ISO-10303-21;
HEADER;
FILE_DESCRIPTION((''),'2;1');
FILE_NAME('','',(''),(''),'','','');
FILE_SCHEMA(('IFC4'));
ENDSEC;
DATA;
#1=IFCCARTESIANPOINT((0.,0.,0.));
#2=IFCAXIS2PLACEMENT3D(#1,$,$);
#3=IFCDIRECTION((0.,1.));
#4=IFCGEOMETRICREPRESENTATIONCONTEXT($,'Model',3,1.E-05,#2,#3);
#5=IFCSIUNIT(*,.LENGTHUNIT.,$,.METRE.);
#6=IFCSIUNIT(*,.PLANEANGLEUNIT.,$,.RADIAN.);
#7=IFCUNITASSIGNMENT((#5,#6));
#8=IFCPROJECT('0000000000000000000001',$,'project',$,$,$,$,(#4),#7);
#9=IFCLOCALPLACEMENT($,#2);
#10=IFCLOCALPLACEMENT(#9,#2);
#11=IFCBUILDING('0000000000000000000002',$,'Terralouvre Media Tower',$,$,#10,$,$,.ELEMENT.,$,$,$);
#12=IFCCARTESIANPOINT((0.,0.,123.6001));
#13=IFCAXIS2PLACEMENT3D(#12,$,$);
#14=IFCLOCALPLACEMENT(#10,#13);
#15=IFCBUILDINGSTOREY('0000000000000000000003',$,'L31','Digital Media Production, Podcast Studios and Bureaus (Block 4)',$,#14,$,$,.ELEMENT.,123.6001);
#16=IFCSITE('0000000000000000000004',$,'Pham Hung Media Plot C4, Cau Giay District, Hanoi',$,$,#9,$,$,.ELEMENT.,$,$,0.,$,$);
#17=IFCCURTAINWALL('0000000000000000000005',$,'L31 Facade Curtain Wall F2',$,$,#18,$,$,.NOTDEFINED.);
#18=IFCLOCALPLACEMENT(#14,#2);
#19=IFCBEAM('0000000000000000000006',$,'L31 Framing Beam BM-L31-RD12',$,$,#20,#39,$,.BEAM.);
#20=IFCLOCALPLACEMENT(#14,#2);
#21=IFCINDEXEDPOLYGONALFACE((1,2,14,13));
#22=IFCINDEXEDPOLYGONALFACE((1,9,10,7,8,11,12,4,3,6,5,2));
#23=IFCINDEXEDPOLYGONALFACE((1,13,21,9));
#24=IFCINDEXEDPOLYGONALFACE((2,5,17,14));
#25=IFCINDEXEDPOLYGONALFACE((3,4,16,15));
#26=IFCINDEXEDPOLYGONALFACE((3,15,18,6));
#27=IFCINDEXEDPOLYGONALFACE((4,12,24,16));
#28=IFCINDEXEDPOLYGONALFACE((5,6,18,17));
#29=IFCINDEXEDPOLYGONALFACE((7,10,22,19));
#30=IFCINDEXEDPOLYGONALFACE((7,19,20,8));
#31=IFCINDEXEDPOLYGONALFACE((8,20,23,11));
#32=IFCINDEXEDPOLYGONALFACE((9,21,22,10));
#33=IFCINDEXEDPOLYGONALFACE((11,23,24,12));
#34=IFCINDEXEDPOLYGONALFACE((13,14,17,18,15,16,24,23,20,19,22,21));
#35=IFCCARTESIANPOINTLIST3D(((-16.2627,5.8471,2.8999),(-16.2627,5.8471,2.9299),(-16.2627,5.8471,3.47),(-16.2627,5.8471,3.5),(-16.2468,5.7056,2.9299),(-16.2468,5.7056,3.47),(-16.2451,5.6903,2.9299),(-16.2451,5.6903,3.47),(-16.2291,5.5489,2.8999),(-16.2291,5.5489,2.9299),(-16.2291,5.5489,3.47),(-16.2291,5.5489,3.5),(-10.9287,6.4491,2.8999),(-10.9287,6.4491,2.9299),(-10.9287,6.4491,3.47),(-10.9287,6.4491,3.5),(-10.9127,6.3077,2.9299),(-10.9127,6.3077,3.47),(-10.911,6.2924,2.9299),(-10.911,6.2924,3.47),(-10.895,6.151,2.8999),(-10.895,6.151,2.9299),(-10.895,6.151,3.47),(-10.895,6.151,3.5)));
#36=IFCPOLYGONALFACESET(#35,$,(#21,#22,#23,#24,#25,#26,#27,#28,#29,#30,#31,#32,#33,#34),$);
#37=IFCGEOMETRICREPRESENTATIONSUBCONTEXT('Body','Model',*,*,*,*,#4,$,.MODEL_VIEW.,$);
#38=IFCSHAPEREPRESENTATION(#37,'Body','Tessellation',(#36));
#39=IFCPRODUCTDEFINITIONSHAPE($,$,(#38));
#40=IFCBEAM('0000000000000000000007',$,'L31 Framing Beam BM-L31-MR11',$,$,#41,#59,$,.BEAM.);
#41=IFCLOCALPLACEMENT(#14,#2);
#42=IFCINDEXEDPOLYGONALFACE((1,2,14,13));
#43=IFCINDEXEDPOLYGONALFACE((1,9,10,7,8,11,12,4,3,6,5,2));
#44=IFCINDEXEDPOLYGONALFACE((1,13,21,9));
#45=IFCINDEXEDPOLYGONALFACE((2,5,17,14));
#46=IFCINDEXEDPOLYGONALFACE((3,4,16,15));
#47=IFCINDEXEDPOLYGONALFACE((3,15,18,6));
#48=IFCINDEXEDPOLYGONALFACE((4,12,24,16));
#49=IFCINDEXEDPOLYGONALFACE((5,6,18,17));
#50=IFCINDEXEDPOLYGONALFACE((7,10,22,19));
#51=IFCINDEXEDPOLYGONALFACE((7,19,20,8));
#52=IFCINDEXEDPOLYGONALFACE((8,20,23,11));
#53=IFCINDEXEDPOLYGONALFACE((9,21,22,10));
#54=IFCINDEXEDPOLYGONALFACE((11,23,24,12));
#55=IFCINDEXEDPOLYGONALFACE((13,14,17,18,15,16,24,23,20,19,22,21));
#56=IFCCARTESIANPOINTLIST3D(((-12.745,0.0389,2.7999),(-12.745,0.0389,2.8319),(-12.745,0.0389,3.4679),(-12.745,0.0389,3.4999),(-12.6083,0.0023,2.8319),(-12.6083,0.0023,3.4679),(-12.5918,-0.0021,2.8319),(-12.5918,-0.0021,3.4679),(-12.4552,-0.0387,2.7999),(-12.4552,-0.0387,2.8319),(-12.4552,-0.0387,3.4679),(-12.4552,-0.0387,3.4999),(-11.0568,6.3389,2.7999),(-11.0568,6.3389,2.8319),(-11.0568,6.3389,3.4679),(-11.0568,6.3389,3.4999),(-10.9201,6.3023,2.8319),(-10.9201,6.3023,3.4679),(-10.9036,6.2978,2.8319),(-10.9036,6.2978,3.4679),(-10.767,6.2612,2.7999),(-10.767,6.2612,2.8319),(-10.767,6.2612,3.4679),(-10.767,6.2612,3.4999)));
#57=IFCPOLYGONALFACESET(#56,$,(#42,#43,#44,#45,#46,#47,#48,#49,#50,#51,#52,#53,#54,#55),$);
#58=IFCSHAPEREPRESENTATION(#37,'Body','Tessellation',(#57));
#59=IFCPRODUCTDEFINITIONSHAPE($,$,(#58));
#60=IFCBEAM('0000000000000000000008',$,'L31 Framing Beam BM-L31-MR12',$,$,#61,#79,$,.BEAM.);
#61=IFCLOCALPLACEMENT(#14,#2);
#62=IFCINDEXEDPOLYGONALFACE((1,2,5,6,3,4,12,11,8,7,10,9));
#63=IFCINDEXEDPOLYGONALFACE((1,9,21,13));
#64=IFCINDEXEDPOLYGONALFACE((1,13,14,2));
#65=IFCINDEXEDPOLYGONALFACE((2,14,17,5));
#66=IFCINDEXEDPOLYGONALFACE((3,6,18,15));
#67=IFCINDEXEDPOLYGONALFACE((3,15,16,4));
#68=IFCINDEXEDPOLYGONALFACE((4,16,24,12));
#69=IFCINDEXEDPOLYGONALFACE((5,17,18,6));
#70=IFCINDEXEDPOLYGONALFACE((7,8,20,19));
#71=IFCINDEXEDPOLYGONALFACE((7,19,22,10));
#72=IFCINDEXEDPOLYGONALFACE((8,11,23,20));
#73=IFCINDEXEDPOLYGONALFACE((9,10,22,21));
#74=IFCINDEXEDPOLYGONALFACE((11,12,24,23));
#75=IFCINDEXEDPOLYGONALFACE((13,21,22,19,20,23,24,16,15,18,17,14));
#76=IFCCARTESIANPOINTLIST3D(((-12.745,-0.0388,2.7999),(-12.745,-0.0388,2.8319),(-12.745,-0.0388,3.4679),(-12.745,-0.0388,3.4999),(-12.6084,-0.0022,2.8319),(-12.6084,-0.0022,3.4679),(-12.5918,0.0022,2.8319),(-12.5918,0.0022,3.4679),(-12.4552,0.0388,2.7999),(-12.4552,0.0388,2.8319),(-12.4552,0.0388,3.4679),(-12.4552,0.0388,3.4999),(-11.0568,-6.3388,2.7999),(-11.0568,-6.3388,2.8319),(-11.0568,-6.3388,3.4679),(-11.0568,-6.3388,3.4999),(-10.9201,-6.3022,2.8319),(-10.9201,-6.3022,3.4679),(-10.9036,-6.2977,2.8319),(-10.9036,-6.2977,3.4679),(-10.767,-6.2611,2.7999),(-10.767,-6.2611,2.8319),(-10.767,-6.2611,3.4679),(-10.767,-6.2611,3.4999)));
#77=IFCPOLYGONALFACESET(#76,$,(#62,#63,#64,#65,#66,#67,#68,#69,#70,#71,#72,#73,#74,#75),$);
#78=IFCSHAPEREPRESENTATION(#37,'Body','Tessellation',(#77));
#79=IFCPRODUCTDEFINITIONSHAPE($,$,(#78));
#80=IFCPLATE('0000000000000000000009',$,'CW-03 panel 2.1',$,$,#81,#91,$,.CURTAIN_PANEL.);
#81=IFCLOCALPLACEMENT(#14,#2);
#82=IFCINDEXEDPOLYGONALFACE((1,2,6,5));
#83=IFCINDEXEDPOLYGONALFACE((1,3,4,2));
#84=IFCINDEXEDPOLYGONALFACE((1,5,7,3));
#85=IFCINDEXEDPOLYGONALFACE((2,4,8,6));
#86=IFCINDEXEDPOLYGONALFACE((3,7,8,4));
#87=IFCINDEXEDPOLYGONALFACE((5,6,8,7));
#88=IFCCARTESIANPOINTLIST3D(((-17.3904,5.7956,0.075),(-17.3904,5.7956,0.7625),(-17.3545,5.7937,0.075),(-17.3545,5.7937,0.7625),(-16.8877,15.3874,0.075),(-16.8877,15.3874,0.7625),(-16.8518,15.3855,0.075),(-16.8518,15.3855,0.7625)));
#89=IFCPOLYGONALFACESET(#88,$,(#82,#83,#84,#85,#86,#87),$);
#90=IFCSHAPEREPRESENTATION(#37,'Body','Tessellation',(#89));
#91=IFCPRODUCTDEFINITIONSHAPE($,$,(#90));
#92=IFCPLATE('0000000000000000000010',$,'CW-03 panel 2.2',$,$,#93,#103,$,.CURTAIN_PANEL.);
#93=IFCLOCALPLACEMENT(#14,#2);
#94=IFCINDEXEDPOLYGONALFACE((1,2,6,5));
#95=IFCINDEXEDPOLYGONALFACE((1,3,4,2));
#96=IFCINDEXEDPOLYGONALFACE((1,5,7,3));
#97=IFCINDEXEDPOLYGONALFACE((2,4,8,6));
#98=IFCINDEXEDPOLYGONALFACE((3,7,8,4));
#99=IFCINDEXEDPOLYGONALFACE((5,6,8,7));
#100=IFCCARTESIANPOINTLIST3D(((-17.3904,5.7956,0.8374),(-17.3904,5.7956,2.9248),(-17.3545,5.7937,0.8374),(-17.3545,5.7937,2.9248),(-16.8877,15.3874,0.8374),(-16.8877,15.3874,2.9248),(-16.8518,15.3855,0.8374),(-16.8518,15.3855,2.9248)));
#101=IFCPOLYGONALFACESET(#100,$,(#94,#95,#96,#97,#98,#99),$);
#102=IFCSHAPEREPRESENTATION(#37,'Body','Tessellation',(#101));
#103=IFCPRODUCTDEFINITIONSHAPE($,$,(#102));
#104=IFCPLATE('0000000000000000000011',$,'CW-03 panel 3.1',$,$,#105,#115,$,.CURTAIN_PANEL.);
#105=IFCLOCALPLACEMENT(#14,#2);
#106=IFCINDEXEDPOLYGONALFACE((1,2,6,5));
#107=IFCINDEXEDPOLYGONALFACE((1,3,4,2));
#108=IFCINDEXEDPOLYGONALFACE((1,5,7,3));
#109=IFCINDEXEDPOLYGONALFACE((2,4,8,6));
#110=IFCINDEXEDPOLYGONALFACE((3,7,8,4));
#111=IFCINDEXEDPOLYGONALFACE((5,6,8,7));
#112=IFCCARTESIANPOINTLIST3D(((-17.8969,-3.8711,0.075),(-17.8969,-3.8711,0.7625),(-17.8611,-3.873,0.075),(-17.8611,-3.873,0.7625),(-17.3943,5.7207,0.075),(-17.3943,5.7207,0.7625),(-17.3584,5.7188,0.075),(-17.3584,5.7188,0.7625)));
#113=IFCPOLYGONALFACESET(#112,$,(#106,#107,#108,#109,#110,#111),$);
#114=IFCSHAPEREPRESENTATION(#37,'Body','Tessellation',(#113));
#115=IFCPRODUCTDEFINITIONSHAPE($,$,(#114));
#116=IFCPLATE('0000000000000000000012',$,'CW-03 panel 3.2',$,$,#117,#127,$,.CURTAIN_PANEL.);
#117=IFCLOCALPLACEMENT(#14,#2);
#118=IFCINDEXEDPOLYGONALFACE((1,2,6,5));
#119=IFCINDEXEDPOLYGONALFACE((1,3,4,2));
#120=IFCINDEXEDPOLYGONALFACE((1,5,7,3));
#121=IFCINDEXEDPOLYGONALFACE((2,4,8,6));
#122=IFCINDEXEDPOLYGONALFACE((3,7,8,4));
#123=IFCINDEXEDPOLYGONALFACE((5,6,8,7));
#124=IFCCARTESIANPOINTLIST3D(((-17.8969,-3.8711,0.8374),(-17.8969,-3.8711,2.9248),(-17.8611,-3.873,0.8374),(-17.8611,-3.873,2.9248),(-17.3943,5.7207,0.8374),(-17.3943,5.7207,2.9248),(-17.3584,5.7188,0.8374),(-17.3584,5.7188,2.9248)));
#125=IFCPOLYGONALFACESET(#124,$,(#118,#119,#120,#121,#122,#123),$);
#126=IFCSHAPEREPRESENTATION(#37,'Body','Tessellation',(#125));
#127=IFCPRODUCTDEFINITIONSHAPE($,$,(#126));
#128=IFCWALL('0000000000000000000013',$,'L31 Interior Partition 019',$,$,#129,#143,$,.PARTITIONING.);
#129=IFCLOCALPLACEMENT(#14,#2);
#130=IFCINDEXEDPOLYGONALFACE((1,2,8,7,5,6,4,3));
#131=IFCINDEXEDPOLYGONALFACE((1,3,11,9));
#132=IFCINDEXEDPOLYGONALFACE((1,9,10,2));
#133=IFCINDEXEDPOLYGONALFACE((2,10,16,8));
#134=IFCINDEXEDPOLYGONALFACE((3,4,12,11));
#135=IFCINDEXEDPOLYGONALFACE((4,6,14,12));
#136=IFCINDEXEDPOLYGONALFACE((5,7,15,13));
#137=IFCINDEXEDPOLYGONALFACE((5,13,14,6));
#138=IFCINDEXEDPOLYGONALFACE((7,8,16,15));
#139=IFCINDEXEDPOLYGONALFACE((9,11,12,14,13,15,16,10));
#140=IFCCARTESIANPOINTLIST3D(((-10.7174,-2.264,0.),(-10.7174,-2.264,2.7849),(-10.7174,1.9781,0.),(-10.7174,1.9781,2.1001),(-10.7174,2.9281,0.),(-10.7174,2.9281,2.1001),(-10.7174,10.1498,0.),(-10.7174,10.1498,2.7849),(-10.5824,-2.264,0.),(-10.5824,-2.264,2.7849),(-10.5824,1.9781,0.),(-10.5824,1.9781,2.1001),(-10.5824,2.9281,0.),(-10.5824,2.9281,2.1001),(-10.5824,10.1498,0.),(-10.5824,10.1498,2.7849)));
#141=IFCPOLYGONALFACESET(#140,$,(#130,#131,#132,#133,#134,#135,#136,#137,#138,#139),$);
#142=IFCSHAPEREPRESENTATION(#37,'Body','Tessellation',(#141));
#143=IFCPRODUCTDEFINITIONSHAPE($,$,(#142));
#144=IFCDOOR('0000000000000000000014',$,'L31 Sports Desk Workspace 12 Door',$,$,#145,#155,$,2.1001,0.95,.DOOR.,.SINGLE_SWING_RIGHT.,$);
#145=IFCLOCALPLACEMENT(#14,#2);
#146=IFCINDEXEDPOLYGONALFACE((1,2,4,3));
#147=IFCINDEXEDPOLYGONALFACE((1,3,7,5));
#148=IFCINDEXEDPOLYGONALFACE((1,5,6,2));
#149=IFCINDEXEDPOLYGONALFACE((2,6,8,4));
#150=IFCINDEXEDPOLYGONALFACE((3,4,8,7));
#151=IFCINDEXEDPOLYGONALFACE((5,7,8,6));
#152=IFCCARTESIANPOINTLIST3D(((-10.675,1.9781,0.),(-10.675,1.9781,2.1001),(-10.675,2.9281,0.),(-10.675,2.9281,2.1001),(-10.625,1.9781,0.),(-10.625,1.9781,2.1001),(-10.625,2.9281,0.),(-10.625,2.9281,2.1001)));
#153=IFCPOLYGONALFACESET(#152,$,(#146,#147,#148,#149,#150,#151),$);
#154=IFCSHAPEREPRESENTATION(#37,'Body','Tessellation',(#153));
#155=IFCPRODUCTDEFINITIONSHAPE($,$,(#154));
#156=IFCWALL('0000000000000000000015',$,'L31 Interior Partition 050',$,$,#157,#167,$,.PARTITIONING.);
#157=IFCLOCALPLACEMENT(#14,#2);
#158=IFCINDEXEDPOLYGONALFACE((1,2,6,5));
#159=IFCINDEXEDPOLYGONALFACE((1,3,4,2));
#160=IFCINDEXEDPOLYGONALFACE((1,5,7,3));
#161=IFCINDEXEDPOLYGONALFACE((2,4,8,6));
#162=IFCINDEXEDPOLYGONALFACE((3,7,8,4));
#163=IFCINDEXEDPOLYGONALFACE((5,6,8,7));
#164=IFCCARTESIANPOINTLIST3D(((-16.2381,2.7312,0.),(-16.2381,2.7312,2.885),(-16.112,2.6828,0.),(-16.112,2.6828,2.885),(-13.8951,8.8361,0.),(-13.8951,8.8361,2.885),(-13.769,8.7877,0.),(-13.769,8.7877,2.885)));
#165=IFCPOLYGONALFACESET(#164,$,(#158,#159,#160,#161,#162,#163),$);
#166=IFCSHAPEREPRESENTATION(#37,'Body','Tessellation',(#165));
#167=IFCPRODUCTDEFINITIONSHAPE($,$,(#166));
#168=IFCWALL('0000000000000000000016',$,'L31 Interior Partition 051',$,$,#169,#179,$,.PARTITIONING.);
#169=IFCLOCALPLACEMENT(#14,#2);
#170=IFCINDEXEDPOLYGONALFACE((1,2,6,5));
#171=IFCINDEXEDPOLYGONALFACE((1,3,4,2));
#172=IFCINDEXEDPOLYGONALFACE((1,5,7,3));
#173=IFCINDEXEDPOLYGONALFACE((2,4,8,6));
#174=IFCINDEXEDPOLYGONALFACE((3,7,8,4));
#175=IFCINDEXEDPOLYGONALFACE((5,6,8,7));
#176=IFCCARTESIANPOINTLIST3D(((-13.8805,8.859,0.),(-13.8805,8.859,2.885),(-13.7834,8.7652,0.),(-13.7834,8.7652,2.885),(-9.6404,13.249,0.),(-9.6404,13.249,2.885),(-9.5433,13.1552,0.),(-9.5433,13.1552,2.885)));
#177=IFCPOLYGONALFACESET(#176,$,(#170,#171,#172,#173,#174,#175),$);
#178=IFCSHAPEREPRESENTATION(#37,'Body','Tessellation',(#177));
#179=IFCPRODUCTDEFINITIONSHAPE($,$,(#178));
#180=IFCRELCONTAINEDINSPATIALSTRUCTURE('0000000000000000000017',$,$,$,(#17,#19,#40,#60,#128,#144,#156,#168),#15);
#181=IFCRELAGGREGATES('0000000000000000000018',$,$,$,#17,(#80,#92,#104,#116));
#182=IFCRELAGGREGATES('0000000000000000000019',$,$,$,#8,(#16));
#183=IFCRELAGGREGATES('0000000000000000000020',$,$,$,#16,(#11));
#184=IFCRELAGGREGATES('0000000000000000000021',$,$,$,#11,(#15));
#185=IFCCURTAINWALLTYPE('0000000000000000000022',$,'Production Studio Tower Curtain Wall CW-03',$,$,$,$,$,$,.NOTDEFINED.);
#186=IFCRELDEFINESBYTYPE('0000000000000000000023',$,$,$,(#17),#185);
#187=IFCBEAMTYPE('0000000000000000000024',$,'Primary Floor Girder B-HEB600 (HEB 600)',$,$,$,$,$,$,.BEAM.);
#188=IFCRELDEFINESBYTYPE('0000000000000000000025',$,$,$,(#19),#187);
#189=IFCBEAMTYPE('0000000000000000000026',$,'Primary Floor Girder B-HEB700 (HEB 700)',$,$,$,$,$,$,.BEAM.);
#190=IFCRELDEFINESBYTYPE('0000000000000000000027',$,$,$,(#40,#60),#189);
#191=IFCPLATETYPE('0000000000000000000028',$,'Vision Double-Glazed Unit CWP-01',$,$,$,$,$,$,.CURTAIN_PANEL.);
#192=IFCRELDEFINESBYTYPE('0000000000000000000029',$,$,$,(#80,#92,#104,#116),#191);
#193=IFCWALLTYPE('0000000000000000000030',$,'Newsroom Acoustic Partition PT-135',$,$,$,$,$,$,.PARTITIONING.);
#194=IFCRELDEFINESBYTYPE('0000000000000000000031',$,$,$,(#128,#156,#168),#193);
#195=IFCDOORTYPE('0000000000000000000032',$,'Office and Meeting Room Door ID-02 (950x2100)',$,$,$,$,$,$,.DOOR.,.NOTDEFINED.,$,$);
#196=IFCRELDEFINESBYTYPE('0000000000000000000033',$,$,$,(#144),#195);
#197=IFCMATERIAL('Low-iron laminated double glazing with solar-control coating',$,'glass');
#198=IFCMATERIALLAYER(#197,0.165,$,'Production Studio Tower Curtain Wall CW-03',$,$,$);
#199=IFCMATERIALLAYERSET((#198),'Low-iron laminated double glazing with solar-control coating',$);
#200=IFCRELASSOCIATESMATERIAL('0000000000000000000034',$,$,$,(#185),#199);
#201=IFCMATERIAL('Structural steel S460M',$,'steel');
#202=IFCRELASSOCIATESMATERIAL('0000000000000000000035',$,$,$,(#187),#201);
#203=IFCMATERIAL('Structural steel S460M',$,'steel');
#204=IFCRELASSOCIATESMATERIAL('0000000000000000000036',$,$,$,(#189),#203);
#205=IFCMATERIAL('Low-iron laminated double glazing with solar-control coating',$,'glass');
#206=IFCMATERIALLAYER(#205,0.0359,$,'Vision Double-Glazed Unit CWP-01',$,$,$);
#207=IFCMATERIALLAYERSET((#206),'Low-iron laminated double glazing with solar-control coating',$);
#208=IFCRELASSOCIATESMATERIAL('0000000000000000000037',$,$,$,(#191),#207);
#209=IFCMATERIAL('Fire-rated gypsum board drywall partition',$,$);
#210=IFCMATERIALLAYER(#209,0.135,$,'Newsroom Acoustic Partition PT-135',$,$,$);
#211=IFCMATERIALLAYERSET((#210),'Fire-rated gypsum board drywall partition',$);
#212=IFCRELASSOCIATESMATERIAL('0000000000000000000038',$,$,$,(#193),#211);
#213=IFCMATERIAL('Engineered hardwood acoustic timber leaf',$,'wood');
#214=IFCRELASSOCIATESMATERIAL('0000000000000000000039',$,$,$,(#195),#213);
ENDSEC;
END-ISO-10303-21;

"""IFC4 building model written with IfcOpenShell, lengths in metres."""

from ifc_helpers import new_model, si_unit, direction, frame, frame_2d, origin, origin_2d, place, context, subcontext, project, spatial, rectangle, i_section, extrude, material, layer, layer_set, material_profile, profile_set, type_object, element, fill, aggregate, save


model = new_model("IFC4")

# Units and contexts
model_context = context("Model", 3, precision=1e-05, world=origin(), true_north=direction((0.0, 1.0)))
body_context = subcontext(model_context, "Body", "Model", "MODEL_VIEW")
ifc_project = project(units=[si_unit("LENGTHUNIT", "METRE"), si_unit("PLANEANGLEUNIT", "RADIAN")], contexts=[model_context])

# Site, building, storey
site_placement = place(None, origin())
site = spatial("IfcSite", under=ifc_project, at=site_placement, Name="Pham Hung Media Plot C4, Cau Giay District, Hanoi", CompositionType="ELEMENT", RefElevation=0.0)
building_placement = place(site_placement, origin())
building = spatial("IfcBuilding", under=site, at=building_placement, Name="Terralouvre Media Tower", CompositionType="ELEMENT")
storey_placement = place(building_placement, frame((0.0, 0.0, 123.6001)))
storey = spatial("IfcBuildingStorey", under=building, at=storey_placement, Name="L31", Description="Digital Media Production, Podcast Studios and Bureaus (Block 4)", CompositionType="ELEMENT", Elevation=123.6001)

# Curtain wall
ifc_material_1 = material(Name="Low-iron laminated double glazing with solar-control coating", Category="glass")
ifc_layer_1 = layer(ifc_material_1, 0.165, Name="Production Studio Tower Curtain Wall CW-03")
ifc_layer_set_1 = layer_set([ifc_layer_1], Name="Low-iron laminated double glazing with solar-control coating")
curtain_wall_type = type_object("IfcCurtainWallType", Name="Production Studio Tower Curtain Wall CW-03", PredefinedType="NOTDEFINED", material=ifc_layer_set_1)
curtain_wall_placement = place(storey_placement, origin())
curtain_wall = element("IfcCurtainWall", 1, at=curtain_wall_placement, inside=storey, type_object=curtain_wall_type, Name="L31 Facade Curtain Wall F2", PredefinedType="NOTDEFINED")

# Beams
ifc_material_2 = material(Name="Structural steel S460M", Category="steel")
ifc_material_profile_1 = material_profile(ifc_material_2, i_section(OverallWidth=0.3, OverallDepth=0.6001, WebThickness=0.0154, FlangeThickness=0.03, at=origin_2d()), Name="HEB 600")
ifc_profile_set_1 = profile_set([ifc_material_profile_1], Name="Structural steel S460M")
beam_type_1 = type_object("IfcBeamType", Name="Primary Floor Girder B-HEB600 (HEB 600)", PredefinedType="BEAM", material=ifc_profile_set_1)
beam_1_placement = place(storey_placement, frame((-10.9119, 6.3, 3.2), z_axis=(-0.99369, -0.112159, 0.0), x_axis=(0.112159, -0.99369, 0.0)))
element("IfcBeam", 2, at=beam_1_placement, inside=storey, type_object=beam_type_1, Name="L31 Framing Beam BM-L31-RD12", PredefinedType="BEAM", context=body_context, shape_type="SweptSolid", body=[
    extrude(i_section(OverallWidth=0.3, OverallDepth=0.6001, WebThickness=0.0154, FlangeThickness=0.03, at=origin_2d()), origin(), (0.0, 0.0, 1.0), 5.3679),
])
ifc_material_3 = material(Name="Structural steel S460M", Category="steel")
ifc_material_profile_2 = material_profile(ifc_material_3, i_section(OverallWidth=0.3, OverallDepth=0.7, WebThickness=0.0171, FlangeThickness=0.032, at=origin_2d()), Name="HEB 700")
ifc_profile_set_2 = profile_set([ifc_material_profile_2], Name="Structural steel S460M")
beam_type_2 = type_object("IfcBeamType", Name="Primary Floor Girder B-HEB700 (HEB 700)", PredefinedType="BEAM", material=ifc_profile_set_2)
for number, where, z_axis, x_axis, name in (
    (3, (-10.9119, 6.3, 3.1499), (-0.258839, -0.96592, 0.0), (0.96592, -0.258839, 0.0), "L31 Framing Beam BM-L31-MR11"),
    (4, (-12.6001, 0.0, 3.1499), (0.258839, -0.96592, 0.0), (0.96592, 0.258839, 0.0), "L31 Framing Beam BM-L31-MR12"),
):
    element("IfcBeam", number, at=place(storey_placement, frame(where, z_axis=z_axis, x_axis=x_axis)), inside=storey, type_object=beam_type_2, Name=name, PredefinedType="BEAM", context=body_context, shape_type="SweptSolid", body=[
        extrude(i_section(OverallWidth=0.3, OverallDepth=0.7, WebThickness=0.0171, FlangeThickness=0.032, at=origin_2d()), origin(), (0.0, 0.0, 1.0), 6.5222),
    ])

# Plates
ifc_material_4 = material(Name="Low-iron laminated double glazing with solar-control coating", Category="glass")
ifc_layer_2 = layer(ifc_material_4, 0.0359, Name="Vision Double-Glazed Unit CWP-01")
ifc_layer_set_2 = layer_set([ifc_layer_2], Name="Low-iron laminated double glazing with solar-control coating")
plate_type = type_object("IfcPlateType", Name="Vision Double-Glazed Unit CWP-01", PredefinedType="CURTAIN_PANEL", material=ifc_layer_set_2)
plate_1_placement = place(storey_placement, frame((-17.1211, 10.5906, 0.075), z_axis=(0.0, 0.0, 1.0), x_axis=(-0.052336, -0.99863, 0.0)))
plate_1 = element("IfcPlate", 5, at=plate_1_placement, type_object=plate_type, Name="CW-03 panel 2.1", PredefinedType="CURTAIN_PANEL", context=body_context, shape_type="SweptSolid", body=[
    extrude(rectangle(XDim=9.605, YDim=0.0359, at=origin_2d()), origin(), (0.0, 0.0, 1.0), 0.6875),
])
plate_2_placement = place(storey_placement, frame((-17.1211, 10.5906, 0.8374), z_axis=(0.0, 0.0, 1.0), x_axis=(-0.052336, -0.99863, 0.0)))
plate_2 = element("IfcPlate", 6, at=plate_2_placement, type_object=plate_type, Name="CW-03 panel 2.2", PredefinedType="CURTAIN_PANEL", context=body_context, shape_type="SweptSolid", body=[
    extrude(rectangle(XDim=9.605, YDim=0.0359, at=origin_2d()), origin(), (0.0, 0.0, 1.0), 2.0874),
])
plate_3_placement = place(storey_placement, frame((-17.6277, 0.9238, 0.075), z_axis=(0.0, 0.0, 1.0), x_axis=(-0.052336, -0.99863, 0.0)))
plate_3 = element("IfcPlate", 7, at=plate_3_placement, type_object=plate_type, Name="CW-03 panel 3.1", PredefinedType="CURTAIN_PANEL", context=body_context, shape_type="SweptSolid", body=[
    extrude(rectangle(XDim=9.605, YDim=0.0359, at=origin_2d()), origin(), (0.0, 0.0, 1.0), 0.6875),
])
plate_4_placement = place(storey_placement, frame((-17.6277, 0.9238, 0.8374), z_axis=(0.0, 0.0, 1.0), x_axis=(-0.052336, -0.99863, 0.0)))
plate_4 = element("IfcPlate", 8, at=plate_4_placement, type_object=plate_type, Name="CW-03 panel 3.2", PredefinedType="CURTAIN_PANEL", context=body_context, shape_type="SweptSolid", body=[
    extrude(rectangle(XDim=9.605, YDim=0.0359, at=origin_2d()), origin(), (0.0, 0.0, 1.0), 2.0874),
])
aggregate(curtain_wall, [plate_1, plate_2, plate_3, plate_4])

# Wall, opening, door
ifc_material_5 = material(Name="Fire-rated gypsum board drywall partition")
ifc_layer_3 = layer(ifc_material_5, 0.135, Name="Newsroom Acoustic Partition PT-135")
ifc_layer_set_3 = layer_set([ifc_layer_3], Name="Fire-rated gypsum board drywall partition")
wall_type = type_object("IfcWallType", Name="Newsroom Acoustic Partition PT-135", PredefinedType="PARTITIONING", material=ifc_layer_set_3)
wall_1_placement = place(storey_placement, frame((-10.6499, 10.1499, 0.0), z_axis=(0.0, 0.0, 1.0), x_axis=(0.0, -1.0, 0.0)))
wall_1 = element("IfcWall", 9, at=wall_1_placement, inside=storey, type_object=wall_type, Name="L31 Interior Partition 019", PredefinedType="PARTITIONING", context=body_context, shape_type="SweptSolid", body=[
    extrude(rectangle(XDim=12.4138, YDim=0.135, at=frame_2d((6.207, 0.0))), origin(), (0.0, 0.0, 1.0), 2.7849),
])
opening_placement = place(wall_1_placement, frame((7.2217, 0.0, 0.0)))
opening = element("IfcOpeningElement", 10, at=opening_placement, cuts=wall_1, PredefinedType="OPENING", context=body_context, shape_type="SweptSolid", body=[
    extrude(rectangle(XDim=0.95, YDim=2.1001, at=frame_2d((0.4751, 1.05))), frame((0.0, 0.0774, 0.0), z_axis=(0.0, -1.0, 0.0), x_axis=(1.0, 0.0, 0.0)), (0.0, 0.0, 1.0), 0.155),
])
ifc_material_6 = material(Name="Engineered hardwood acoustic timber leaf", Category="wood")
door_type = type_object("IfcDoorType", Name="Office and Meeting Room Door ID-02 (950x2100)", OperationType="NOTDEFINED", PredefinedType="DOOR", material=ifc_material_6)
door_placement = place(opening_placement, origin())
door = element("IfcDoor", 11, at=door_placement, inside=storey, type_object=door_type, Name="L31 Sports Desk Workspace 12 Door", OperationType="SINGLE_SWING_RIGHT", OverallHeight=2.1001, OverallWidth=0.95, PredefinedType="DOOR", context=body_context, shape_type="SweptSolid", body=[
    extrude(rectangle(XDim=0.95, YDim=2.1001, at=frame_2d((0.4751, 1.05))), frame((0.0, 0.0249, 0.0), z_axis=(0.0, -1.0, 0.0), x_axis=(1.0, 0.0, 0.0)), (0.0, 0.0, 1.0), 0.05),
])
fill(opening, door)

# Walls
wall_2_placement = place(storey_placement, frame((-16.175, 2.707, 0.0), z_axis=(0.0, 0.0, 1.0), x_axis=(0.358306, 0.933604, 0.0)))
element("IfcWall", 12, at=wall_2_placement, inside=storey, type_object=wall_type, Name="L31 Interior Partition 050", PredefinedType="PARTITIONING", context=body_context, shape_type="SweptSolid", body=[
    extrude(rectangle(XDim=6.5391, YDim=0.135, at=frame_2d((3.2695, 0.0))), origin(), (0.0, 0.0, 1.0), 2.885),
])
wall_3_placement = place(storey_placement, frame((-13.832, 8.812, 0.0), z_axis=(0.0, 0.0, 1.0), x_axis=(0.694719, 0.719281, 0.0)))
element("IfcWall", 13, at=wall_3_placement, inside=storey, type_object=wall_type, Name="L31 Interior Partition 051", PredefinedType="PARTITIONING", context=body_context, shape_type="SweptSolid", body=[
    extrude(rectangle(XDim=6.1033, YDim=0.135, at=frame_2d((3.0518, 0.0))), origin(), (0.0, 0.0, 1.0), 2.885),
])

save(model, "model.ifc")
